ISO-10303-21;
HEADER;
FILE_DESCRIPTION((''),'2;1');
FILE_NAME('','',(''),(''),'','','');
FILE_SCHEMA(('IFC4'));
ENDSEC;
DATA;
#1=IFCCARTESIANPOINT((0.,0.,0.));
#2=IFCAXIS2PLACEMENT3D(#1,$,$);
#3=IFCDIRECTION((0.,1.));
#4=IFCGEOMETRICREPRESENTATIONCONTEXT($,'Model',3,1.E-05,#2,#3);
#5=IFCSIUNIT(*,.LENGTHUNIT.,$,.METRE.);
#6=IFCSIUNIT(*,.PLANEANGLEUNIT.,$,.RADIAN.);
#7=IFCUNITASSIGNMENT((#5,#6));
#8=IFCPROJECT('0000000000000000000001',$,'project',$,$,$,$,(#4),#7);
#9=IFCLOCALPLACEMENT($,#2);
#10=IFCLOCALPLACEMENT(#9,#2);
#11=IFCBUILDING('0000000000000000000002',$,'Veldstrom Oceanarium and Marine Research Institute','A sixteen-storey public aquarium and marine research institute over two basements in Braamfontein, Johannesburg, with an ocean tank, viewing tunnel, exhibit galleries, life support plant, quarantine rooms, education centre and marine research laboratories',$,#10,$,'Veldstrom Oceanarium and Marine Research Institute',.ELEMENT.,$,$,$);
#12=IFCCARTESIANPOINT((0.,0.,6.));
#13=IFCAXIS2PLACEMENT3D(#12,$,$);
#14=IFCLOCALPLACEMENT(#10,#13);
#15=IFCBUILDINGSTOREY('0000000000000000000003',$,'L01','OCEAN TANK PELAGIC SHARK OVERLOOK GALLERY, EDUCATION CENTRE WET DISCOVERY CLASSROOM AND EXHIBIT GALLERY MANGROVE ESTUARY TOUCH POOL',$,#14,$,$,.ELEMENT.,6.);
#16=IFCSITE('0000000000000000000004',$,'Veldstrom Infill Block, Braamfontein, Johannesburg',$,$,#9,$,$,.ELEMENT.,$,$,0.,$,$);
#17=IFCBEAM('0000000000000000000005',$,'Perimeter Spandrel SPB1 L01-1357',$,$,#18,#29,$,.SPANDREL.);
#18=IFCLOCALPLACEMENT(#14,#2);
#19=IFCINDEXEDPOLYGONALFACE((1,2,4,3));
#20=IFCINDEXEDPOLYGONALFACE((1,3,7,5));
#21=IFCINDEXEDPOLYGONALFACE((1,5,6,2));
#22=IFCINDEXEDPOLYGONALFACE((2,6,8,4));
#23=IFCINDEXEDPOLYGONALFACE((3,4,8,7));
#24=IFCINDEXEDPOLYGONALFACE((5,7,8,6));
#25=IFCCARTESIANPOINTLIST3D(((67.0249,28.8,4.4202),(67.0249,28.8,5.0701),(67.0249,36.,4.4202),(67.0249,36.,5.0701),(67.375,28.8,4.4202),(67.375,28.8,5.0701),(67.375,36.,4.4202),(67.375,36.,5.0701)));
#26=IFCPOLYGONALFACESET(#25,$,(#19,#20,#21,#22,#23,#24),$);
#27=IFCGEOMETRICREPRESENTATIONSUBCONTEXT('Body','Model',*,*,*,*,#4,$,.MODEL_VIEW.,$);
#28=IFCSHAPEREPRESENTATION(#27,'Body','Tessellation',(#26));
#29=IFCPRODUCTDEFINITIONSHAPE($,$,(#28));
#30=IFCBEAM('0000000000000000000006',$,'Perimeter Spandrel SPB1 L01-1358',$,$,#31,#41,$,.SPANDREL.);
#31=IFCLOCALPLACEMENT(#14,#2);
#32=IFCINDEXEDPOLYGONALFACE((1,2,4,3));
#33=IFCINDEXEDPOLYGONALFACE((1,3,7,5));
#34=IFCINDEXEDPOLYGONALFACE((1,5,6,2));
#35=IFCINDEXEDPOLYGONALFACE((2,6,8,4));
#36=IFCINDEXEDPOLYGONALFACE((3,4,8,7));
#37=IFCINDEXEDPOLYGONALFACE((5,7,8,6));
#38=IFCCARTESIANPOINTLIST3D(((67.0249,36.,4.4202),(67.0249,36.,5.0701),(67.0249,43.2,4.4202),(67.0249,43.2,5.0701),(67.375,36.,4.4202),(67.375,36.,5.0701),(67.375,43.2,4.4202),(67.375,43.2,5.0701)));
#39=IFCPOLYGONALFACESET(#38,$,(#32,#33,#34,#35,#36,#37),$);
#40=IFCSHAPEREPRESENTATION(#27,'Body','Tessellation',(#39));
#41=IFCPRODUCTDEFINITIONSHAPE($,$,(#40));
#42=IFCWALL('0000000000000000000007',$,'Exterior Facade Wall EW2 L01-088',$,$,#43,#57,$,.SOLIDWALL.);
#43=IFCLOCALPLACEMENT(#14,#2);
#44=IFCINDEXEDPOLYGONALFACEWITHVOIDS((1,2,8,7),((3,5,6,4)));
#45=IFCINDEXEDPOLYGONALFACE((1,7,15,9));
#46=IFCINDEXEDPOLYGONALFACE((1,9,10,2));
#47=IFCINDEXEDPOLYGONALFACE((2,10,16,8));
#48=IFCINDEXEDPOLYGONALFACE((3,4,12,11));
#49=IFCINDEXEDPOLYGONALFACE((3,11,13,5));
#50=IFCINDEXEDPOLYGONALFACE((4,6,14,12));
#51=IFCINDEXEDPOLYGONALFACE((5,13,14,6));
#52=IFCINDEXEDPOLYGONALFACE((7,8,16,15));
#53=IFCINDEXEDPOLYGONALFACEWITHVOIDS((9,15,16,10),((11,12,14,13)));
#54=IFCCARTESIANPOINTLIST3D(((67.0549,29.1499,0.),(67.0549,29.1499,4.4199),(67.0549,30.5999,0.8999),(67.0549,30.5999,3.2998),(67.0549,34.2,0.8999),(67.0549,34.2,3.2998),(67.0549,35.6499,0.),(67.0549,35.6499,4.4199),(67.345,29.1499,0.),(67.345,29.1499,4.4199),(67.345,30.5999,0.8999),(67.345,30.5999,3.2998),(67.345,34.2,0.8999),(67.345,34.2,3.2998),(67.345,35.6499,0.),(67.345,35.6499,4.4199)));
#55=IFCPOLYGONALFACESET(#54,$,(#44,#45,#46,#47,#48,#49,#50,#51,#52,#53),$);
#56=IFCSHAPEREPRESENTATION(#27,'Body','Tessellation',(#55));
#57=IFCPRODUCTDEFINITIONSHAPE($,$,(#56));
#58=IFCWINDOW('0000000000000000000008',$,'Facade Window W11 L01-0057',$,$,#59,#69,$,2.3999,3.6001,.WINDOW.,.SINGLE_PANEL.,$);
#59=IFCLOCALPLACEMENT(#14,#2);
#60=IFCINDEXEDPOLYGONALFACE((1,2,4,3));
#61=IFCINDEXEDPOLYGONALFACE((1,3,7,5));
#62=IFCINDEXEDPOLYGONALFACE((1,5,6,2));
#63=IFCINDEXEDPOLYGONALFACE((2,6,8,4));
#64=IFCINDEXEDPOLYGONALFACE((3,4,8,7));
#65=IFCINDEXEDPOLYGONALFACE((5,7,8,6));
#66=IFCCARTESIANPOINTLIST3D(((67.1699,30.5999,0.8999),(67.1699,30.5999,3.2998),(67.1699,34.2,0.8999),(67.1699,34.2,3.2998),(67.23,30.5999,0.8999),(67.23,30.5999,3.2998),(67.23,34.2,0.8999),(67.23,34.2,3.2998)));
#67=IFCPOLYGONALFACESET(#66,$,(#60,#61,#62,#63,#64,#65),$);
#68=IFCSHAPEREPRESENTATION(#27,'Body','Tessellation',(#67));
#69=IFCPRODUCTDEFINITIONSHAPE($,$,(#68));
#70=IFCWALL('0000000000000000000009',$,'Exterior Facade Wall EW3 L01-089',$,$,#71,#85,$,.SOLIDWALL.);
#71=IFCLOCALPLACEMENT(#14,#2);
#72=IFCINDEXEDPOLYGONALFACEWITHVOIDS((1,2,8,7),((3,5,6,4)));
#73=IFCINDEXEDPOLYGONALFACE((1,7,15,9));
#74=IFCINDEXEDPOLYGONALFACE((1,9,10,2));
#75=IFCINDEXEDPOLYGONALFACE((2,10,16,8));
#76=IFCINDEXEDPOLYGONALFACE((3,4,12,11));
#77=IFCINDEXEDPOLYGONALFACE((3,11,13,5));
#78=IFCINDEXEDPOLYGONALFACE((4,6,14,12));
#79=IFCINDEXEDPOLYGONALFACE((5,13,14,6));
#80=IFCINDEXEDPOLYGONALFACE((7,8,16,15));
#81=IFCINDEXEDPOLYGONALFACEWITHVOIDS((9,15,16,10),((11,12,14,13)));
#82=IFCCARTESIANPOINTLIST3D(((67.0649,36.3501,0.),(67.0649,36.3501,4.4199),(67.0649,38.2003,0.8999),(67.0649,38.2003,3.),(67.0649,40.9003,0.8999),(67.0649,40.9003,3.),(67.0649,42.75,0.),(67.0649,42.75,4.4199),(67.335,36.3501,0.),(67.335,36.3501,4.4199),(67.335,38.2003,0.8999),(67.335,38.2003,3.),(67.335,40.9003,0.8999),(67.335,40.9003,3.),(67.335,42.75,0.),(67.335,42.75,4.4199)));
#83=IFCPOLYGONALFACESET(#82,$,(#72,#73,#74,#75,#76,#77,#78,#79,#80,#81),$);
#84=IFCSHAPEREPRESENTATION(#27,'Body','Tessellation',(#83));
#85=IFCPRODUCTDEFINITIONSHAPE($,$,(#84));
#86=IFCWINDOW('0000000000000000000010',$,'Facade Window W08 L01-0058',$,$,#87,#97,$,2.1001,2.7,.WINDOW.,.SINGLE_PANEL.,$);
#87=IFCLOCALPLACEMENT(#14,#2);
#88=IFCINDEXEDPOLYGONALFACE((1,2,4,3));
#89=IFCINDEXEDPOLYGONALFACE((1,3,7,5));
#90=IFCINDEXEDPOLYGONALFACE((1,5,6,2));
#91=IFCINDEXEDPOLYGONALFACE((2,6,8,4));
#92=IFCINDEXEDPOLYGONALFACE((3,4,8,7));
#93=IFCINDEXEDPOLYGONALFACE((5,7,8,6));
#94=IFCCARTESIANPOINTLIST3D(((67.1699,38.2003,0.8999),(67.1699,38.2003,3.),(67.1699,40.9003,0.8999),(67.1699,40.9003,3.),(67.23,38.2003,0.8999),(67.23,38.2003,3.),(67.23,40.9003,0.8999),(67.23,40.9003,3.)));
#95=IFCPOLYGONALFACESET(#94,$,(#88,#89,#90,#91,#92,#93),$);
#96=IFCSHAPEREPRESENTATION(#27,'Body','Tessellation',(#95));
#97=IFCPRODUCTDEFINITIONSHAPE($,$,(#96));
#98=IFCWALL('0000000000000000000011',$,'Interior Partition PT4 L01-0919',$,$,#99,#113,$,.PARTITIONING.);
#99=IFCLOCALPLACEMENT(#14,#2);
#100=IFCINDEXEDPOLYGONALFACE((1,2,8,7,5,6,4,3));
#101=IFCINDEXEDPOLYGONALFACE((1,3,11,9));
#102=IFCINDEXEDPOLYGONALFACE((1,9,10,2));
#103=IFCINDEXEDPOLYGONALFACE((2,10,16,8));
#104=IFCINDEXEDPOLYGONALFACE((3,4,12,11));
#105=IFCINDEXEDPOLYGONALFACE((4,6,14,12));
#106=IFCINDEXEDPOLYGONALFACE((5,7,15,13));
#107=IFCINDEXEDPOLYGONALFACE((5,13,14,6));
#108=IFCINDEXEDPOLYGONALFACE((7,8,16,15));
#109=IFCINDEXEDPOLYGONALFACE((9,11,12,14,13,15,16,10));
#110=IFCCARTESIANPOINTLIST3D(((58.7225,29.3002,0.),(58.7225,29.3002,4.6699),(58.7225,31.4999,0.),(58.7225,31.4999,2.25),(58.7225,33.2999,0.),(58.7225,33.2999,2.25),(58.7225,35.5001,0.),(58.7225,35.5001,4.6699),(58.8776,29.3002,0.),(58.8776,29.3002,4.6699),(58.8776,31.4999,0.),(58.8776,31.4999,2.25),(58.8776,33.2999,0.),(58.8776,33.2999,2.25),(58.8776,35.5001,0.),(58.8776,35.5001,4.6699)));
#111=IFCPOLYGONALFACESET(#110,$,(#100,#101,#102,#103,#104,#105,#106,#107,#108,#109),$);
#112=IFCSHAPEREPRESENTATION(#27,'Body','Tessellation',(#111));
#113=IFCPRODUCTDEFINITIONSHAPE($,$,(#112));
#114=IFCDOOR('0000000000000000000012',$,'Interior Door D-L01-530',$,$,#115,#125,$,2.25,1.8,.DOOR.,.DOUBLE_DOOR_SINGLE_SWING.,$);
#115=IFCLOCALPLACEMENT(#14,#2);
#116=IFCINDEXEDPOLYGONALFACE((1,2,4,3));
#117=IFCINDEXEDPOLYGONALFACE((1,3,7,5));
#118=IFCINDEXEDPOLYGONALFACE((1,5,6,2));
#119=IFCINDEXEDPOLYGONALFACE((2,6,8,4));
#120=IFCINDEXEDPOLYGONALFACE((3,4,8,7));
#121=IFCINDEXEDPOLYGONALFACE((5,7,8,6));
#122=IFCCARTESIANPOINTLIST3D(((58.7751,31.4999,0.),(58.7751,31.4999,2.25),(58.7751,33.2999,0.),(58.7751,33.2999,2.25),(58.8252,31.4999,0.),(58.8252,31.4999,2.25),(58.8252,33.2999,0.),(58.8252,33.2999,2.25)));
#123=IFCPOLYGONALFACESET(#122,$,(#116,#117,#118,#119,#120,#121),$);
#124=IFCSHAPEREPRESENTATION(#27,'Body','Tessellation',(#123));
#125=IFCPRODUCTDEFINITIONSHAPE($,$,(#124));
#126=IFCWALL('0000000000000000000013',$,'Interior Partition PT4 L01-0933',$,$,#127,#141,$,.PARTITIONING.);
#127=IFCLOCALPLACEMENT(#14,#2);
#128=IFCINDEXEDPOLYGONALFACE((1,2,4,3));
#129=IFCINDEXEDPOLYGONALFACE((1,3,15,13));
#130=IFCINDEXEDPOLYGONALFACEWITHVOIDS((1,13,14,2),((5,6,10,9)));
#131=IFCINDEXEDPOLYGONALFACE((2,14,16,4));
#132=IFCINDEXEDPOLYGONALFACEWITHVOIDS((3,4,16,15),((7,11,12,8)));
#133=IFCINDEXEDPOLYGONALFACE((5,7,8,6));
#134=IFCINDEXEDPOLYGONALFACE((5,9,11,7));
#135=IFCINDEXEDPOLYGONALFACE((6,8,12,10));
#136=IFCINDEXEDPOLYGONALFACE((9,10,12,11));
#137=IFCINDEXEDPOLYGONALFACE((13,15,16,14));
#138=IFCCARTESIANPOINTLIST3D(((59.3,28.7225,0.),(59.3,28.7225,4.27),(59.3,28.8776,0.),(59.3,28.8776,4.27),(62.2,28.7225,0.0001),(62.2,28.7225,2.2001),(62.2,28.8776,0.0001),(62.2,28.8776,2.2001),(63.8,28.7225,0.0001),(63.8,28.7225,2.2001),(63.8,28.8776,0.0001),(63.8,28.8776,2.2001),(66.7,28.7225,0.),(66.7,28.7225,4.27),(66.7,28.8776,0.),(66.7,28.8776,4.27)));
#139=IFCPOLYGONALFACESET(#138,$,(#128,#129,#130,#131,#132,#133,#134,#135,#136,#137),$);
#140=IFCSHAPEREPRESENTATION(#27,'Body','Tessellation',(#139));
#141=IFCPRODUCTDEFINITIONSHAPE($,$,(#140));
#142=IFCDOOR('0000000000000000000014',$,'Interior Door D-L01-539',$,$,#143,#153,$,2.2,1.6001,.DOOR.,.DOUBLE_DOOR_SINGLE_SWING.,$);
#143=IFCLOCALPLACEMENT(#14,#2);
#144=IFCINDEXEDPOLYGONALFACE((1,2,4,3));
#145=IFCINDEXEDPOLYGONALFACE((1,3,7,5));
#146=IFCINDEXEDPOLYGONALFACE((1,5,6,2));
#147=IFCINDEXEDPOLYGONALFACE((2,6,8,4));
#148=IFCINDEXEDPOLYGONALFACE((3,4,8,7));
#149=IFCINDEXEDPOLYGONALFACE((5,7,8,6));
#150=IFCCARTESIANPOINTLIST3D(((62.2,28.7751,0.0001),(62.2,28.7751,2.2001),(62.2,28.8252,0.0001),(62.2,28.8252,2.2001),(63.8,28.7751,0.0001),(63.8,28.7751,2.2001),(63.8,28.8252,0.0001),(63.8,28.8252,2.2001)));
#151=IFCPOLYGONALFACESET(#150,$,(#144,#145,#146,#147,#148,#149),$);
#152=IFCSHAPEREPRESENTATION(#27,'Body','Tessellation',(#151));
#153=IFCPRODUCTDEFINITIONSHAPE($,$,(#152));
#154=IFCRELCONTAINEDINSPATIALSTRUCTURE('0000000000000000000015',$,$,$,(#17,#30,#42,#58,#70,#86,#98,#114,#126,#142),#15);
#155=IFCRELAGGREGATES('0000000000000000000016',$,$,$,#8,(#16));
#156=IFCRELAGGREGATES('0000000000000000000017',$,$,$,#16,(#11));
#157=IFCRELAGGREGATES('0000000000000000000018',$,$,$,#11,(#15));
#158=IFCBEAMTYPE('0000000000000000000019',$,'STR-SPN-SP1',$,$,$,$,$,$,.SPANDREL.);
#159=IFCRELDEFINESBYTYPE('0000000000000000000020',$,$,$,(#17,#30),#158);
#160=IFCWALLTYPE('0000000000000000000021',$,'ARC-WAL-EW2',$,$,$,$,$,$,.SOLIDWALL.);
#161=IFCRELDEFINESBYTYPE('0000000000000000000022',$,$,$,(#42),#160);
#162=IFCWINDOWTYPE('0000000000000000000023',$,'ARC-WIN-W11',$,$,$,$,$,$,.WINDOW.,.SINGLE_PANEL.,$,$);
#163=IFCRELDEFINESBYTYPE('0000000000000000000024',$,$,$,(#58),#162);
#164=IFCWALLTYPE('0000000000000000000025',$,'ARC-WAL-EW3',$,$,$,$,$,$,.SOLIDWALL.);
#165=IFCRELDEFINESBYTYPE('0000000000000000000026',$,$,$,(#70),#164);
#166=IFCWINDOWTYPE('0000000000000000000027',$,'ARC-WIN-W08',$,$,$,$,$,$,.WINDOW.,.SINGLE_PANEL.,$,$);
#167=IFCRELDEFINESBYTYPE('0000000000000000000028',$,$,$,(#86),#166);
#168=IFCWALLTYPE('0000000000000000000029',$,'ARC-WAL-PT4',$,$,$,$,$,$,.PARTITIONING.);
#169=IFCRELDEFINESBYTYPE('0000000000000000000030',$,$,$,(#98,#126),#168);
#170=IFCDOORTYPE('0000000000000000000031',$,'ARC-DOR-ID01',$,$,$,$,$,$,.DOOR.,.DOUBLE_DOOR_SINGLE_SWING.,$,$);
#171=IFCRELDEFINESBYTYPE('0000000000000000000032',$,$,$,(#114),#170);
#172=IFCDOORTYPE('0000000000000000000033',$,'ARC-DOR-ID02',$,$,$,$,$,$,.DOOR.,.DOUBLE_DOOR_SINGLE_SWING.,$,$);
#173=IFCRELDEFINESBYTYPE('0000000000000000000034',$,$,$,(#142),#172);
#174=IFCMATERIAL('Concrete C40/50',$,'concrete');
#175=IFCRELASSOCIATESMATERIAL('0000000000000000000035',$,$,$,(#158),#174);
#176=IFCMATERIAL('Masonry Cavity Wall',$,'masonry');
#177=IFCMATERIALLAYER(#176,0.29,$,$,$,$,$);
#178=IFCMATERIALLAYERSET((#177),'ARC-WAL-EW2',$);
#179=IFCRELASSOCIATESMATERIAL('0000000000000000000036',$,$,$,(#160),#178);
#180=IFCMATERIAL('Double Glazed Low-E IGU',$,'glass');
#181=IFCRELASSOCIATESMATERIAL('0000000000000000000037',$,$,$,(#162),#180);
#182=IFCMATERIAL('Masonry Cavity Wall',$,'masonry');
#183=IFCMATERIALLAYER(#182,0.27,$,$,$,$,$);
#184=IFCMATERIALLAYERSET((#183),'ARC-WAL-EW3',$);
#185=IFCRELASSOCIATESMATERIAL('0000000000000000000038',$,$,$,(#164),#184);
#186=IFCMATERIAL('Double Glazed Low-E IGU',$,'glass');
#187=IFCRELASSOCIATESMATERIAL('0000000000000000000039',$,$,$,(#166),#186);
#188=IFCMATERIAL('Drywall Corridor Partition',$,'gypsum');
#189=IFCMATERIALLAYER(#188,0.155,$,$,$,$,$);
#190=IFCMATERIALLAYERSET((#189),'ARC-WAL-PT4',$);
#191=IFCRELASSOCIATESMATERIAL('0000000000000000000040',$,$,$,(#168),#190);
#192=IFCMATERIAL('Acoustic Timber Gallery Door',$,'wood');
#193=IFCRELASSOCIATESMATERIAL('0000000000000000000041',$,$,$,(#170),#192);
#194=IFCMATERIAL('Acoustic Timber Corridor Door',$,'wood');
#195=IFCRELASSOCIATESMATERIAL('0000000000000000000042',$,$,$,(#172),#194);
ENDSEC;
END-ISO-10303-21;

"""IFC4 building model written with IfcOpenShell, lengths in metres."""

from ifc_helpers import new_model, si_unit, direction, frame, frame_2d, origin, origin_2d, place, context, subcontext, project, spatial, rectangle, extrude, material, layer, layer_set, material_profile, profile_set, type_object, element, fill, save


model = new_model("IFC4")

# Units and contexts
model_context = context("Model", 3, precision=1e-05, world=origin(), true_north=direction((0.0, 1.0)))
body_context = subcontext(model_context, "Body", "Model", "MODEL_VIEW")
ifc_project = project(units=[si_unit("LENGTHUNIT", "METRE"), si_unit("PLANEANGLEUNIT", "RADIAN")], contexts=[model_context])

# Site, building, storey
site_placement = place(None, origin())
site = spatial("IfcSite", under=ifc_project, at=site_placement, Name="Veldstrom Infill Block, Braamfontein, Johannesburg", CompositionType="ELEMENT", RefElevation=0.0)
building_placement = place(site_placement, origin())
building = spatial("IfcBuilding", under=site, at=building_placement, Name="Veldstrom Oceanarium and Marine Research Institute", Description="A sixteen-storey public aquarium and marine research institute over two basements in Braamfontein, Johannesburg, with an ocean tank, viewing tunnel, exhibit galleries, life support plant, quarantine rooms, education centre and marine research laboratories", LongName="Veldstrom Oceanarium and Marine Research Institute", CompositionType="ELEMENT")
storey_placement = place(building_placement, frame((0.0, 0.0, 6.0)))
storey = spatial("IfcBuildingStorey", under=building, at=storey_placement, Name="L01", Description="OCEAN TANK PELAGIC SHARK OVERLOOK GALLERY, EDUCATION CENTRE WET DISCOVERY CLASSROOM AND EXHIBIT GALLERY MANGROVE ESTUARY TOUCH POOL", CompositionType="ELEMENT", Elevation=6.0)

# Beams
ifc_material_1 = material(Name="Concrete C40/50", Category="concrete")
ifc_material_profile_1 = material_profile(ifc_material_1, rectangle(XDim=0.3501, YDim=0.6499, at=origin_2d()), Name="RC-SPN-350x650")
ifc_profile_set_1 = profile_set([ifc_material_profile_1], Name="Concrete C40/50")
beam_type_1 = type_object("IfcBeamType", Name="STR-SPN-SP1", PredefinedType="SPANDREL", material=ifc_profile_set_1)
for number, where, z_axis, x_axis, name in (
    (1, (67.2, 28.8, 4.7451), (0.0, 1.0, 0.0), (-1.0, 0.0, 0.0), "Perimeter Spandrel SPB1 L01-1357"),
    (2, (67.2, 36.0, 4.7451), (0.0, 1.0, 0.0), (-1.0, 0.0, 0.0), "Perimeter Spandrel SPB1 L01-1358"),
):
    element("IfcBeam", number, at=place(storey_placement, frame(where, z_axis=z_axis, x_axis=x_axis)), inside=storey, type_object=beam_type_1, Name=name, PredefinedType="SPANDREL", context=body_context, shape_type="SweptSolid", body=[
        extrude(rectangle(XDim=0.3501, YDim=0.6499, at=origin_2d()), origin(), (0.0, 0.0, 1.0), 7.2),
    ])

# Walls, openings, windows
ifc_material_2 = material(Name="Masonry Cavity Wall", Category="masonry")
ifc_layer_1 = layer(ifc_material_2, 0.29)
ifc_layer_set_1 = layer_set([ifc_layer_1], Name="ARC-WAL-EW2")
wall_type_1 = type_object("IfcWallType", Name="ARC-WAL-EW2", PredefinedType="SOLIDWALL", material=ifc_layer_set_1)
wall_1_placement = place(storey_placement, frame((67.2, 29.1499, 0.0), z_axis=(0.0, 0.0, 1.0), x_axis=(0.0, 1.0, 0.0)))
wall_1 = element("IfcWall", 3, at=wall_1_placement, inside=storey, type_object=wall_type_1, Name="Exterior Facade Wall EW2 L01-088", PredefinedType="SOLIDWALL", context=body_context, shape_type="SweptSolid", body=[
    extrude(rectangle(XDim=6.5, YDim=0.29, at=frame_2d((3.25, 0.0))), origin(), (0.0, 0.0, 1.0), 4.4199),
])
opening_1_placement = place(wall_1_placement, frame((1.45, 0.0, 0.8999)))
opening_1 = element("IfcOpeningElement", 4, at=opening_1_placement, cuts=wall_1, PredefinedType="OPENING", context=body_context, shape_type="SweptSolid", body=[
    extrude(rectangle(XDim=3.6001, YDim=2.3999, at=frame_2d((1.8, 1.2))), frame((0.0, 0.155, 0.0), z_axis=(0.0, -1.0, 0.0), x_axis=(1.0, 0.0, 0.0)), (0.0, 0.0, 1.0), 0.3101),
])
ifc_material_3 = material(Name="Double Glazed Low-E IGU", Category="glass")
window_type_1 = type_object("IfcWindowType", Name="ARC-WIN-W11", PartitioningType="SINGLE_PANEL", PredefinedType="WINDOW", material=ifc_material_3)
window_1_placement = place(opening_1_placement, origin())
window_1 = element("IfcWindow", 5, at=window_1_placement, inside=storey, type_object=window_type_1, Name="Facade Window W11 L01-0057", OverallHeight=2.3999, OverallWidth=3.6001, PartitioningType="SINGLE_PANEL", PredefinedType="WINDOW", context=body_context, shape_type="SweptSolid", body=[
    extrude(rectangle(XDim=3.6001, YDim=2.3999, at=frame_2d((1.8, 1.2))), frame((0.0, 0.03, 0.0), z_axis=(0.0, -1.0, 0.0), x_axis=(1.0, 0.0, 0.0)), (0.0, 0.0, 1.0), 0.0601),
])
fill(opening_1, window_1)
ifc_material_4 = material(Name="Masonry Cavity Wall", Category="masonry")
ifc_layer_2 = layer(ifc_material_4, 0.27)
ifc_layer_set_2 = layer_set([ifc_layer_2], Name="ARC-WAL-EW3")
wall_type_2 = type_object("IfcWallType", Name="ARC-WAL-EW3", PredefinedType="SOLIDWALL", material=ifc_layer_set_2)
wall_2_placement = place(storey_placement, frame((67.2, 36.3501, 0.0), z_axis=(0.0, 0.0, 1.0), x_axis=(0.0, 1.0, 0.0)))
wall_2 = element("IfcWall", 6, at=wall_2_placement, inside=storey, type_object=wall_type_2, Name="Exterior Facade Wall EW3 L01-089", PredefinedType="SOLIDWALL", context=body_context, shape_type="SweptSolid", body=[
    extrude(rectangle(XDim=6.3999, YDim=0.27, at=frame_2d((3.2, 0.0))), origin(), (0.0, 0.0, 1.0), 4.4199),
])
opening_2_placement = place(wall_2_placement, frame((1.8501, 0.0, 0.8999)))
opening_2 = element("IfcOpeningElement", 7, at=opening_2_placement, cuts=wall_2, PredefinedType="OPENING", context=body_context, shape_type="SweptSolid", body=[
    extrude(rectangle(XDim=2.7, YDim=2.1001, at=frame_2d((1.3501, 1.05))), frame((0.0, 0.145, 0.0), z_axis=(0.0, -1.0, 0.0), x_axis=(1.0, 0.0, 0.0)), (0.0, 0.0, 1.0), 0.29),
])
ifc_material_5 = material(Name="Double Glazed Low-E IGU", Category="glass")
window_type_2 = type_object("IfcWindowType", Name="ARC-WIN-W08", PartitioningType="SINGLE_PANEL", PredefinedType="WINDOW", material=ifc_material_5)
window_2_placement = place(opening_2_placement, origin())
window_2 = element("IfcWindow", 8, at=window_2_placement, inside=storey, type_object=window_type_2, Name="Facade Window W08 L01-0058", OverallHeight=2.1001, OverallWidth=2.7, PartitioningType="SINGLE_PANEL", PredefinedType="WINDOW", context=body_context, shape_type="SweptSolid", body=[
    extrude(rectangle(XDim=2.7, YDim=2.1001, at=frame_2d((1.3501, 1.05))), frame((0.0, 0.03, 0.0), z_axis=(0.0, -1.0, 0.0), x_axis=(1.0, 0.0, 0.0)), (0.0, 0.0, 1.0), 0.0601),
])
fill(opening_2, window_2)

# Walls, openings, doors
ifc_material_6 = material(Name="Drywall Corridor Partition", Category="gypsum")
ifc_layer_3 = layer(ifc_material_6, 0.155)
ifc_layer_set_3 = layer_set([ifc_layer_3], Name="ARC-WAL-PT4")
wall_type_3 = type_object("IfcWallType", Name="ARC-WAL-PT4", PredefinedType="PARTITIONING", material=ifc_layer_set_3)
wall_3_placement = place(storey_placement, frame((58.8, 29.3, 0.0), z_axis=(0.0, 0.0, 1.0), x_axis=(0.0, 1.0, 0.0)))
wall_3 = element("IfcWall", 9, at=wall_3_placement, inside=storey, type_object=wall_type_3, Name="Interior Partition PT4 L01-0919", PredefinedType="PARTITIONING", context=body_context, shape_type="SweptSolid", body=[
    extrude(rectangle(XDim=6.2, YDim=0.155, at=frame_2d((3.1001, 0.0))), origin(), (0.0, 0.0, 1.0), 4.6699),
])
opening_3_placement = place(wall_3_placement, frame((2.2, 0.0, 0.0)))
opening_3 = element("IfcOpeningElement", 10, at=opening_3_placement, cuts=wall_3, PredefinedType="OPENING", context=body_context, shape_type="SweptSolid", body=[
    extrude(rectangle(XDim=1.8, YDim=2.25, at=frame_2d((0.8999, 1.125))), frame((0.0, 0.0874, 0.0), z_axis=(0.0, -1.0, 0.0), x_axis=(1.0, 0.0, 0.0)), (0.0, 0.0, 1.0), 0.175),
])
ifc_material_7 = material(Name="Acoustic Timber Gallery Door", Category="wood")
door_type_1 = type_object("IfcDoorType", Name="ARC-DOR-ID01", OperationType="DOUBLE_DOOR_SINGLE_SWING", PredefinedType="DOOR", material=ifc_material_7)
door_1_placement = place(opening_3_placement, origin())
door_1 = element("IfcDoor", 11, at=door_1_placement, inside=storey, type_object=door_type_1, Name="Interior Door D-L01-530", OperationType="DOUBLE_DOOR_SINGLE_SWING", OverallHeight=2.25, OverallWidth=1.8, PredefinedType="DOOR", context=body_context, shape_type="SweptSolid", body=[
    extrude(rectangle(XDim=1.8, YDim=2.25, at=frame_2d((0.8999, 1.125))), frame((0.0, 0.0249, 0.0), z_axis=(0.0, -1.0, 0.0), x_axis=(1.0, 0.0, 0.0)), (0.0, 0.0, 1.0), 0.05),
])
fill(opening_3, door_1)
wall_4_placement = place(storey_placement, frame((59.3, 28.8, 0.0), z_axis=(0.0, 0.0, 1.0), x_axis=(1.0, 0.0, 0.0)))
wall_4 = element("IfcWall", 12, at=wall_4_placement, inside=storey, type_object=wall_type_3, Name="Interior Partition PT4 L01-0933", PredefinedType="PARTITIONING", context=body_context, shape_type="SweptSolid", body=[
    extrude(rectangle(XDim=7.3999, YDim=0.155, at=frame_2d((3.7, 0.0))), origin(), (0.0, 0.0, 1.0), 4.27),
])
opening_4_placement = place(wall_4_placement, frame((2.8999, 0.0, 0.0)))
opening_4 = element("IfcOpeningElement", 13, at=opening_4_placement, cuts=wall_4, PredefinedType="OPENING", context=body_context, shape_type="SweptSolid", body=[
    extrude(rectangle(XDim=1.6001, YDim=2.2, at=frame_2d((0.8, 1.1001))), frame((0.0, 0.0874, 0.0), z_axis=(0.0, -1.0, 0.0), x_axis=(1.0, 0.0, 0.0)), (0.0, 0.0, 1.0), 0.175),
])
ifc_material_8 = material(Name="Acoustic Timber Corridor Door", Category="wood")
door_type_2 = type_object("IfcDoorType", Name="ARC-DOR-ID02", OperationType="DOUBLE_DOOR_SINGLE_SWING", PredefinedType="DOOR", material=ifc_material_8)
door_2_placement = place(opening_4_placement, frame((1.6001, 0.0, 0.0), z_axis=(0.0, 0.0, 1.0), x_axis=(-1.0, 0.0, 0.0)))
door_2 = element("IfcDoor", 14, at=door_2_placement, inside=storey, type_object=door_type_2, Name="Interior Door D-L01-539", OperationType="DOUBLE_DOOR_SINGLE_SWING", OverallHeight=2.2, OverallWidth=1.6001, PredefinedType="DOOR", context=body_context, shape_type="SweptSolid", body=[
    extrude(rectangle(XDim=1.6001, YDim=2.2, at=frame_2d((0.8, 1.1001))), frame((0.0, 0.0249, 0.0), z_axis=(0.0, -1.0, 0.0), x_axis=(1.0, 0.0, 0.0)), (0.0, 0.0, 1.0), 0.05),
])
fill(opening_4, door_2)

save(model, "model.ifc")
